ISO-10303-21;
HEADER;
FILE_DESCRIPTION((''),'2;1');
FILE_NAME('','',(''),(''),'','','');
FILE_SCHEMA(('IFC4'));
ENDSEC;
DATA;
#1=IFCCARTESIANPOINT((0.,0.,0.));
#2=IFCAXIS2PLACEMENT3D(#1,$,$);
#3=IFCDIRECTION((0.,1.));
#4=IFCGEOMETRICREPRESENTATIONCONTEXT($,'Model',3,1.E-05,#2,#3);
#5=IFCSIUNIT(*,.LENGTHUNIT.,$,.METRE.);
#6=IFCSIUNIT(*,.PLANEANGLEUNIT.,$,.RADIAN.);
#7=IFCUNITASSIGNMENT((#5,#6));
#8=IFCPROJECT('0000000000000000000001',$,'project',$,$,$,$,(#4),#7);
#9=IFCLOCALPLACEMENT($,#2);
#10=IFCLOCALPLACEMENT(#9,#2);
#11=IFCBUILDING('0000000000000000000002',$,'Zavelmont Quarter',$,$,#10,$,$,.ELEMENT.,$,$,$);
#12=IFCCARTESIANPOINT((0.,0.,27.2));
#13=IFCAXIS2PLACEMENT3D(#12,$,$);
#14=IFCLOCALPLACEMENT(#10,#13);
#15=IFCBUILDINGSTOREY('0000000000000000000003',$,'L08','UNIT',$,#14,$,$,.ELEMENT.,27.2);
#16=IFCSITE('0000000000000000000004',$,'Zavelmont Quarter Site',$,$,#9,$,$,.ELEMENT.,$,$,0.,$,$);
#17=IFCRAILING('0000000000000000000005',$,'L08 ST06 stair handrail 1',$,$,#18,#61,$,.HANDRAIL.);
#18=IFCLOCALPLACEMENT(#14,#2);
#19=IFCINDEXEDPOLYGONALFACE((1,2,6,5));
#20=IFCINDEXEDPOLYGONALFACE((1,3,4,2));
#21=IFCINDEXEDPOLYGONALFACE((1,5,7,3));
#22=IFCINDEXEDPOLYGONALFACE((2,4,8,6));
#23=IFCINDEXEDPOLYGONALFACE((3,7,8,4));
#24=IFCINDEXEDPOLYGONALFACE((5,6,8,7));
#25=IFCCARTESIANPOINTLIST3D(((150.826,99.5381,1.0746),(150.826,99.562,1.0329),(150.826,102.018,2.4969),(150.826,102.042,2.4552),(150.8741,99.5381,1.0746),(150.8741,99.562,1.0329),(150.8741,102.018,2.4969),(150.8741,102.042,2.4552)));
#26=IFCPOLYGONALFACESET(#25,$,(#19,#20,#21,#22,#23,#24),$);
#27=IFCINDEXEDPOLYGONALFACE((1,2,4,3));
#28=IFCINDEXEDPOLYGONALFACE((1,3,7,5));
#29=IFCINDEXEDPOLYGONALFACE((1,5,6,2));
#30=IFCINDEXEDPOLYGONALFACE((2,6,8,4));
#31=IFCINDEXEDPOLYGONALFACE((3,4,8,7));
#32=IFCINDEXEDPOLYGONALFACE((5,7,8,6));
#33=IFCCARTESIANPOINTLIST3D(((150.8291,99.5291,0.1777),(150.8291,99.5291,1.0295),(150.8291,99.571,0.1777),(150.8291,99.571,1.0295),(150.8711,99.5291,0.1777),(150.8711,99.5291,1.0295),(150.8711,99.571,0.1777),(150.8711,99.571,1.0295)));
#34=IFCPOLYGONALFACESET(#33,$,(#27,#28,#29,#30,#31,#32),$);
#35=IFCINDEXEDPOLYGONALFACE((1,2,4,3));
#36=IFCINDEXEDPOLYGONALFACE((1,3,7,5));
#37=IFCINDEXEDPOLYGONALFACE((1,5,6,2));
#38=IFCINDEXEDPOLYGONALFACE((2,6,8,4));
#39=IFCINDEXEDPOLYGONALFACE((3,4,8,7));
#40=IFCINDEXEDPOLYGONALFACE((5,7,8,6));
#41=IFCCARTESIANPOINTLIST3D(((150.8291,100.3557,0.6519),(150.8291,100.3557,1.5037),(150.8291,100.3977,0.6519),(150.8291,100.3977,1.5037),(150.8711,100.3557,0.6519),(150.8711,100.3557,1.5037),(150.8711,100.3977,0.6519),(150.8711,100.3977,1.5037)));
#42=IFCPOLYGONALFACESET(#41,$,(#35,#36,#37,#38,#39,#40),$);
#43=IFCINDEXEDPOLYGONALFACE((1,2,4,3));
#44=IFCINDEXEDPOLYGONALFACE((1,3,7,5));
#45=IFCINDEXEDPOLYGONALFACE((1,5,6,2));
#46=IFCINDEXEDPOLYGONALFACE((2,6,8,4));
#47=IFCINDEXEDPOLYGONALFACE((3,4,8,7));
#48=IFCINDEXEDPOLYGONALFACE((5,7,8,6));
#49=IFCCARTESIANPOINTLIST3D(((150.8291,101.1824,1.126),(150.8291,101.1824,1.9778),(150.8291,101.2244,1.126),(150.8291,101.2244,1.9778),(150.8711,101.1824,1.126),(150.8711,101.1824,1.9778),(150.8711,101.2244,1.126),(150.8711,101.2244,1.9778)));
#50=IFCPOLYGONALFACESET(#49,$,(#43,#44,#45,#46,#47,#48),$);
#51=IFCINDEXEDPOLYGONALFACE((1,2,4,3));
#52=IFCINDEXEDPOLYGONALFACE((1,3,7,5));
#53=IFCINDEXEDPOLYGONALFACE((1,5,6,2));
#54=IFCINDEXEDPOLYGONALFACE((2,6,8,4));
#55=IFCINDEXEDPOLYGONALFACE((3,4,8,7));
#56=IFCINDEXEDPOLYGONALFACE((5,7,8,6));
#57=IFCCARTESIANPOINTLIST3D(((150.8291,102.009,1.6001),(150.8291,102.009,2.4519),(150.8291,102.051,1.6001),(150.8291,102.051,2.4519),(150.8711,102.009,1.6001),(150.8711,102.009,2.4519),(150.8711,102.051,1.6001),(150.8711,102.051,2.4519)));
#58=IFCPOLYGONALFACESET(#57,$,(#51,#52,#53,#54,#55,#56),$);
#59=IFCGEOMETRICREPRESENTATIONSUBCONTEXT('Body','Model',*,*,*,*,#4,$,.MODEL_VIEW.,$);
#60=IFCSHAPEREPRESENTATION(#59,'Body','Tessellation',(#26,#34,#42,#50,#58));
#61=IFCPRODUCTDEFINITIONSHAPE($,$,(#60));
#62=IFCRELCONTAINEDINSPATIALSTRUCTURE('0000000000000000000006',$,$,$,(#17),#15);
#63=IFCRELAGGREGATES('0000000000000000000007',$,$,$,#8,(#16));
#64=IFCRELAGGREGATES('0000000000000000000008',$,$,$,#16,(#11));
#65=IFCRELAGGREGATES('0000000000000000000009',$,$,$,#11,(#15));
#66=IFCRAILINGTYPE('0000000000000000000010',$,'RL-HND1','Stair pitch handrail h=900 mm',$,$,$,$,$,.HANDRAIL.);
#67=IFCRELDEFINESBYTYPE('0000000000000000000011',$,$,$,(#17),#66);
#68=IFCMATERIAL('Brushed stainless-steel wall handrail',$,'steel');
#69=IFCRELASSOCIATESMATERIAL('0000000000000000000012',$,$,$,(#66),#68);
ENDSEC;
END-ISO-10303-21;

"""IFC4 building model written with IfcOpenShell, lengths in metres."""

from ifc_helpers import new_model, si_unit, direction, frame, origin, origin_2d, place, context, subcontext, project, spatial, rectangle, extrude, material, type_object, element, save


model = new_model("IFC4")

# Units and contexts
model_context = context("Model", 3, precision=1e-05, world=origin(), true_north=direction((0.0, 1.0)))
body_context = subcontext(model_context, "Body", "Model", "MODEL_VIEW")
ifc_project = project(units=[si_unit("LENGTHUNIT", "METRE"), si_unit("PLANEANGLEUNIT", "RADIAN")], contexts=[model_context])

# Site, building, storey
site_placement = place(None, origin())
site = spatial("IfcSite", under=ifc_project, at=site_placement, Name="Zavelmont Quarter Site", CompositionType="ELEMENT", RefElevation=0.0)
building_placement = place(site_placement, origin())
building = spatial("IfcBuilding", under=site, at=building_placement, Name="Zavelmont Quarter", CompositionType="ELEMENT")
storey_placement = place(building_placement, frame((0.0, 0.0, 27.2)))
storey = spatial("IfcBuildingStorey", under=building, at=storey_placement, Name="L08", Description="UNIT", CompositionType="ELEMENT", Elevation=27.2)

# Railing
ifc_material_1 = material(Name="Brushed stainless-steel wall handrail", Category="steel")
railing_type_1 = type_object("IfcRailingType", Name="RL-HND1", Description="Stair pitch handrail h=900 mm", PredefinedType="HANDRAIL", material=ifc_material_1)
railing_1_placement = place(storey_placement, frame((150.8501, 99.55, 0.1777)))
element("IfcRailing", 1, at=railing_1_placement, inside=storey, type_object=railing_type_1, Name="L08 ST06 stair handrail 1", PredefinedType="HANDRAIL", context=body_context, shape_type="SweptSolid", body=[
    extrude(rectangle(XDim=0.0481, YDim=0.0481, at=origin_2d()), frame((0.0, 0.0, 0.876), z_axis=(0.0, 0.867454, 0.497518), x_axis=(-1.0, 0.0, 0.0)), (0.0, 0.0, 1.0), 2.8589),
    extrude(rectangle(XDim=0.042, YDim=0.042, at=origin_2d()), origin(), (0.0, 0.0, 1.0), 0.8518),
    extrude(rectangle(XDim=0.042, YDim=0.042, at=origin_2d()), frame((0.0, 0.8267, 0.4741)), (0.0, 0.0, 1.0), 0.8518),
    extrude(rectangle(XDim=0.042, YDim=0.042, at=origin_2d()), frame((0.0, 1.6533, 0.9482)), (0.0, 0.0, 1.0), 0.8518),
    extrude(rectangle(XDim=0.042, YDim=0.042, at=origin_2d()), frame((0.0, 2.48, 1.4224)), (0.0, 0.0, 1.0), 0.8518),
])

save(model, "model.ifc")
